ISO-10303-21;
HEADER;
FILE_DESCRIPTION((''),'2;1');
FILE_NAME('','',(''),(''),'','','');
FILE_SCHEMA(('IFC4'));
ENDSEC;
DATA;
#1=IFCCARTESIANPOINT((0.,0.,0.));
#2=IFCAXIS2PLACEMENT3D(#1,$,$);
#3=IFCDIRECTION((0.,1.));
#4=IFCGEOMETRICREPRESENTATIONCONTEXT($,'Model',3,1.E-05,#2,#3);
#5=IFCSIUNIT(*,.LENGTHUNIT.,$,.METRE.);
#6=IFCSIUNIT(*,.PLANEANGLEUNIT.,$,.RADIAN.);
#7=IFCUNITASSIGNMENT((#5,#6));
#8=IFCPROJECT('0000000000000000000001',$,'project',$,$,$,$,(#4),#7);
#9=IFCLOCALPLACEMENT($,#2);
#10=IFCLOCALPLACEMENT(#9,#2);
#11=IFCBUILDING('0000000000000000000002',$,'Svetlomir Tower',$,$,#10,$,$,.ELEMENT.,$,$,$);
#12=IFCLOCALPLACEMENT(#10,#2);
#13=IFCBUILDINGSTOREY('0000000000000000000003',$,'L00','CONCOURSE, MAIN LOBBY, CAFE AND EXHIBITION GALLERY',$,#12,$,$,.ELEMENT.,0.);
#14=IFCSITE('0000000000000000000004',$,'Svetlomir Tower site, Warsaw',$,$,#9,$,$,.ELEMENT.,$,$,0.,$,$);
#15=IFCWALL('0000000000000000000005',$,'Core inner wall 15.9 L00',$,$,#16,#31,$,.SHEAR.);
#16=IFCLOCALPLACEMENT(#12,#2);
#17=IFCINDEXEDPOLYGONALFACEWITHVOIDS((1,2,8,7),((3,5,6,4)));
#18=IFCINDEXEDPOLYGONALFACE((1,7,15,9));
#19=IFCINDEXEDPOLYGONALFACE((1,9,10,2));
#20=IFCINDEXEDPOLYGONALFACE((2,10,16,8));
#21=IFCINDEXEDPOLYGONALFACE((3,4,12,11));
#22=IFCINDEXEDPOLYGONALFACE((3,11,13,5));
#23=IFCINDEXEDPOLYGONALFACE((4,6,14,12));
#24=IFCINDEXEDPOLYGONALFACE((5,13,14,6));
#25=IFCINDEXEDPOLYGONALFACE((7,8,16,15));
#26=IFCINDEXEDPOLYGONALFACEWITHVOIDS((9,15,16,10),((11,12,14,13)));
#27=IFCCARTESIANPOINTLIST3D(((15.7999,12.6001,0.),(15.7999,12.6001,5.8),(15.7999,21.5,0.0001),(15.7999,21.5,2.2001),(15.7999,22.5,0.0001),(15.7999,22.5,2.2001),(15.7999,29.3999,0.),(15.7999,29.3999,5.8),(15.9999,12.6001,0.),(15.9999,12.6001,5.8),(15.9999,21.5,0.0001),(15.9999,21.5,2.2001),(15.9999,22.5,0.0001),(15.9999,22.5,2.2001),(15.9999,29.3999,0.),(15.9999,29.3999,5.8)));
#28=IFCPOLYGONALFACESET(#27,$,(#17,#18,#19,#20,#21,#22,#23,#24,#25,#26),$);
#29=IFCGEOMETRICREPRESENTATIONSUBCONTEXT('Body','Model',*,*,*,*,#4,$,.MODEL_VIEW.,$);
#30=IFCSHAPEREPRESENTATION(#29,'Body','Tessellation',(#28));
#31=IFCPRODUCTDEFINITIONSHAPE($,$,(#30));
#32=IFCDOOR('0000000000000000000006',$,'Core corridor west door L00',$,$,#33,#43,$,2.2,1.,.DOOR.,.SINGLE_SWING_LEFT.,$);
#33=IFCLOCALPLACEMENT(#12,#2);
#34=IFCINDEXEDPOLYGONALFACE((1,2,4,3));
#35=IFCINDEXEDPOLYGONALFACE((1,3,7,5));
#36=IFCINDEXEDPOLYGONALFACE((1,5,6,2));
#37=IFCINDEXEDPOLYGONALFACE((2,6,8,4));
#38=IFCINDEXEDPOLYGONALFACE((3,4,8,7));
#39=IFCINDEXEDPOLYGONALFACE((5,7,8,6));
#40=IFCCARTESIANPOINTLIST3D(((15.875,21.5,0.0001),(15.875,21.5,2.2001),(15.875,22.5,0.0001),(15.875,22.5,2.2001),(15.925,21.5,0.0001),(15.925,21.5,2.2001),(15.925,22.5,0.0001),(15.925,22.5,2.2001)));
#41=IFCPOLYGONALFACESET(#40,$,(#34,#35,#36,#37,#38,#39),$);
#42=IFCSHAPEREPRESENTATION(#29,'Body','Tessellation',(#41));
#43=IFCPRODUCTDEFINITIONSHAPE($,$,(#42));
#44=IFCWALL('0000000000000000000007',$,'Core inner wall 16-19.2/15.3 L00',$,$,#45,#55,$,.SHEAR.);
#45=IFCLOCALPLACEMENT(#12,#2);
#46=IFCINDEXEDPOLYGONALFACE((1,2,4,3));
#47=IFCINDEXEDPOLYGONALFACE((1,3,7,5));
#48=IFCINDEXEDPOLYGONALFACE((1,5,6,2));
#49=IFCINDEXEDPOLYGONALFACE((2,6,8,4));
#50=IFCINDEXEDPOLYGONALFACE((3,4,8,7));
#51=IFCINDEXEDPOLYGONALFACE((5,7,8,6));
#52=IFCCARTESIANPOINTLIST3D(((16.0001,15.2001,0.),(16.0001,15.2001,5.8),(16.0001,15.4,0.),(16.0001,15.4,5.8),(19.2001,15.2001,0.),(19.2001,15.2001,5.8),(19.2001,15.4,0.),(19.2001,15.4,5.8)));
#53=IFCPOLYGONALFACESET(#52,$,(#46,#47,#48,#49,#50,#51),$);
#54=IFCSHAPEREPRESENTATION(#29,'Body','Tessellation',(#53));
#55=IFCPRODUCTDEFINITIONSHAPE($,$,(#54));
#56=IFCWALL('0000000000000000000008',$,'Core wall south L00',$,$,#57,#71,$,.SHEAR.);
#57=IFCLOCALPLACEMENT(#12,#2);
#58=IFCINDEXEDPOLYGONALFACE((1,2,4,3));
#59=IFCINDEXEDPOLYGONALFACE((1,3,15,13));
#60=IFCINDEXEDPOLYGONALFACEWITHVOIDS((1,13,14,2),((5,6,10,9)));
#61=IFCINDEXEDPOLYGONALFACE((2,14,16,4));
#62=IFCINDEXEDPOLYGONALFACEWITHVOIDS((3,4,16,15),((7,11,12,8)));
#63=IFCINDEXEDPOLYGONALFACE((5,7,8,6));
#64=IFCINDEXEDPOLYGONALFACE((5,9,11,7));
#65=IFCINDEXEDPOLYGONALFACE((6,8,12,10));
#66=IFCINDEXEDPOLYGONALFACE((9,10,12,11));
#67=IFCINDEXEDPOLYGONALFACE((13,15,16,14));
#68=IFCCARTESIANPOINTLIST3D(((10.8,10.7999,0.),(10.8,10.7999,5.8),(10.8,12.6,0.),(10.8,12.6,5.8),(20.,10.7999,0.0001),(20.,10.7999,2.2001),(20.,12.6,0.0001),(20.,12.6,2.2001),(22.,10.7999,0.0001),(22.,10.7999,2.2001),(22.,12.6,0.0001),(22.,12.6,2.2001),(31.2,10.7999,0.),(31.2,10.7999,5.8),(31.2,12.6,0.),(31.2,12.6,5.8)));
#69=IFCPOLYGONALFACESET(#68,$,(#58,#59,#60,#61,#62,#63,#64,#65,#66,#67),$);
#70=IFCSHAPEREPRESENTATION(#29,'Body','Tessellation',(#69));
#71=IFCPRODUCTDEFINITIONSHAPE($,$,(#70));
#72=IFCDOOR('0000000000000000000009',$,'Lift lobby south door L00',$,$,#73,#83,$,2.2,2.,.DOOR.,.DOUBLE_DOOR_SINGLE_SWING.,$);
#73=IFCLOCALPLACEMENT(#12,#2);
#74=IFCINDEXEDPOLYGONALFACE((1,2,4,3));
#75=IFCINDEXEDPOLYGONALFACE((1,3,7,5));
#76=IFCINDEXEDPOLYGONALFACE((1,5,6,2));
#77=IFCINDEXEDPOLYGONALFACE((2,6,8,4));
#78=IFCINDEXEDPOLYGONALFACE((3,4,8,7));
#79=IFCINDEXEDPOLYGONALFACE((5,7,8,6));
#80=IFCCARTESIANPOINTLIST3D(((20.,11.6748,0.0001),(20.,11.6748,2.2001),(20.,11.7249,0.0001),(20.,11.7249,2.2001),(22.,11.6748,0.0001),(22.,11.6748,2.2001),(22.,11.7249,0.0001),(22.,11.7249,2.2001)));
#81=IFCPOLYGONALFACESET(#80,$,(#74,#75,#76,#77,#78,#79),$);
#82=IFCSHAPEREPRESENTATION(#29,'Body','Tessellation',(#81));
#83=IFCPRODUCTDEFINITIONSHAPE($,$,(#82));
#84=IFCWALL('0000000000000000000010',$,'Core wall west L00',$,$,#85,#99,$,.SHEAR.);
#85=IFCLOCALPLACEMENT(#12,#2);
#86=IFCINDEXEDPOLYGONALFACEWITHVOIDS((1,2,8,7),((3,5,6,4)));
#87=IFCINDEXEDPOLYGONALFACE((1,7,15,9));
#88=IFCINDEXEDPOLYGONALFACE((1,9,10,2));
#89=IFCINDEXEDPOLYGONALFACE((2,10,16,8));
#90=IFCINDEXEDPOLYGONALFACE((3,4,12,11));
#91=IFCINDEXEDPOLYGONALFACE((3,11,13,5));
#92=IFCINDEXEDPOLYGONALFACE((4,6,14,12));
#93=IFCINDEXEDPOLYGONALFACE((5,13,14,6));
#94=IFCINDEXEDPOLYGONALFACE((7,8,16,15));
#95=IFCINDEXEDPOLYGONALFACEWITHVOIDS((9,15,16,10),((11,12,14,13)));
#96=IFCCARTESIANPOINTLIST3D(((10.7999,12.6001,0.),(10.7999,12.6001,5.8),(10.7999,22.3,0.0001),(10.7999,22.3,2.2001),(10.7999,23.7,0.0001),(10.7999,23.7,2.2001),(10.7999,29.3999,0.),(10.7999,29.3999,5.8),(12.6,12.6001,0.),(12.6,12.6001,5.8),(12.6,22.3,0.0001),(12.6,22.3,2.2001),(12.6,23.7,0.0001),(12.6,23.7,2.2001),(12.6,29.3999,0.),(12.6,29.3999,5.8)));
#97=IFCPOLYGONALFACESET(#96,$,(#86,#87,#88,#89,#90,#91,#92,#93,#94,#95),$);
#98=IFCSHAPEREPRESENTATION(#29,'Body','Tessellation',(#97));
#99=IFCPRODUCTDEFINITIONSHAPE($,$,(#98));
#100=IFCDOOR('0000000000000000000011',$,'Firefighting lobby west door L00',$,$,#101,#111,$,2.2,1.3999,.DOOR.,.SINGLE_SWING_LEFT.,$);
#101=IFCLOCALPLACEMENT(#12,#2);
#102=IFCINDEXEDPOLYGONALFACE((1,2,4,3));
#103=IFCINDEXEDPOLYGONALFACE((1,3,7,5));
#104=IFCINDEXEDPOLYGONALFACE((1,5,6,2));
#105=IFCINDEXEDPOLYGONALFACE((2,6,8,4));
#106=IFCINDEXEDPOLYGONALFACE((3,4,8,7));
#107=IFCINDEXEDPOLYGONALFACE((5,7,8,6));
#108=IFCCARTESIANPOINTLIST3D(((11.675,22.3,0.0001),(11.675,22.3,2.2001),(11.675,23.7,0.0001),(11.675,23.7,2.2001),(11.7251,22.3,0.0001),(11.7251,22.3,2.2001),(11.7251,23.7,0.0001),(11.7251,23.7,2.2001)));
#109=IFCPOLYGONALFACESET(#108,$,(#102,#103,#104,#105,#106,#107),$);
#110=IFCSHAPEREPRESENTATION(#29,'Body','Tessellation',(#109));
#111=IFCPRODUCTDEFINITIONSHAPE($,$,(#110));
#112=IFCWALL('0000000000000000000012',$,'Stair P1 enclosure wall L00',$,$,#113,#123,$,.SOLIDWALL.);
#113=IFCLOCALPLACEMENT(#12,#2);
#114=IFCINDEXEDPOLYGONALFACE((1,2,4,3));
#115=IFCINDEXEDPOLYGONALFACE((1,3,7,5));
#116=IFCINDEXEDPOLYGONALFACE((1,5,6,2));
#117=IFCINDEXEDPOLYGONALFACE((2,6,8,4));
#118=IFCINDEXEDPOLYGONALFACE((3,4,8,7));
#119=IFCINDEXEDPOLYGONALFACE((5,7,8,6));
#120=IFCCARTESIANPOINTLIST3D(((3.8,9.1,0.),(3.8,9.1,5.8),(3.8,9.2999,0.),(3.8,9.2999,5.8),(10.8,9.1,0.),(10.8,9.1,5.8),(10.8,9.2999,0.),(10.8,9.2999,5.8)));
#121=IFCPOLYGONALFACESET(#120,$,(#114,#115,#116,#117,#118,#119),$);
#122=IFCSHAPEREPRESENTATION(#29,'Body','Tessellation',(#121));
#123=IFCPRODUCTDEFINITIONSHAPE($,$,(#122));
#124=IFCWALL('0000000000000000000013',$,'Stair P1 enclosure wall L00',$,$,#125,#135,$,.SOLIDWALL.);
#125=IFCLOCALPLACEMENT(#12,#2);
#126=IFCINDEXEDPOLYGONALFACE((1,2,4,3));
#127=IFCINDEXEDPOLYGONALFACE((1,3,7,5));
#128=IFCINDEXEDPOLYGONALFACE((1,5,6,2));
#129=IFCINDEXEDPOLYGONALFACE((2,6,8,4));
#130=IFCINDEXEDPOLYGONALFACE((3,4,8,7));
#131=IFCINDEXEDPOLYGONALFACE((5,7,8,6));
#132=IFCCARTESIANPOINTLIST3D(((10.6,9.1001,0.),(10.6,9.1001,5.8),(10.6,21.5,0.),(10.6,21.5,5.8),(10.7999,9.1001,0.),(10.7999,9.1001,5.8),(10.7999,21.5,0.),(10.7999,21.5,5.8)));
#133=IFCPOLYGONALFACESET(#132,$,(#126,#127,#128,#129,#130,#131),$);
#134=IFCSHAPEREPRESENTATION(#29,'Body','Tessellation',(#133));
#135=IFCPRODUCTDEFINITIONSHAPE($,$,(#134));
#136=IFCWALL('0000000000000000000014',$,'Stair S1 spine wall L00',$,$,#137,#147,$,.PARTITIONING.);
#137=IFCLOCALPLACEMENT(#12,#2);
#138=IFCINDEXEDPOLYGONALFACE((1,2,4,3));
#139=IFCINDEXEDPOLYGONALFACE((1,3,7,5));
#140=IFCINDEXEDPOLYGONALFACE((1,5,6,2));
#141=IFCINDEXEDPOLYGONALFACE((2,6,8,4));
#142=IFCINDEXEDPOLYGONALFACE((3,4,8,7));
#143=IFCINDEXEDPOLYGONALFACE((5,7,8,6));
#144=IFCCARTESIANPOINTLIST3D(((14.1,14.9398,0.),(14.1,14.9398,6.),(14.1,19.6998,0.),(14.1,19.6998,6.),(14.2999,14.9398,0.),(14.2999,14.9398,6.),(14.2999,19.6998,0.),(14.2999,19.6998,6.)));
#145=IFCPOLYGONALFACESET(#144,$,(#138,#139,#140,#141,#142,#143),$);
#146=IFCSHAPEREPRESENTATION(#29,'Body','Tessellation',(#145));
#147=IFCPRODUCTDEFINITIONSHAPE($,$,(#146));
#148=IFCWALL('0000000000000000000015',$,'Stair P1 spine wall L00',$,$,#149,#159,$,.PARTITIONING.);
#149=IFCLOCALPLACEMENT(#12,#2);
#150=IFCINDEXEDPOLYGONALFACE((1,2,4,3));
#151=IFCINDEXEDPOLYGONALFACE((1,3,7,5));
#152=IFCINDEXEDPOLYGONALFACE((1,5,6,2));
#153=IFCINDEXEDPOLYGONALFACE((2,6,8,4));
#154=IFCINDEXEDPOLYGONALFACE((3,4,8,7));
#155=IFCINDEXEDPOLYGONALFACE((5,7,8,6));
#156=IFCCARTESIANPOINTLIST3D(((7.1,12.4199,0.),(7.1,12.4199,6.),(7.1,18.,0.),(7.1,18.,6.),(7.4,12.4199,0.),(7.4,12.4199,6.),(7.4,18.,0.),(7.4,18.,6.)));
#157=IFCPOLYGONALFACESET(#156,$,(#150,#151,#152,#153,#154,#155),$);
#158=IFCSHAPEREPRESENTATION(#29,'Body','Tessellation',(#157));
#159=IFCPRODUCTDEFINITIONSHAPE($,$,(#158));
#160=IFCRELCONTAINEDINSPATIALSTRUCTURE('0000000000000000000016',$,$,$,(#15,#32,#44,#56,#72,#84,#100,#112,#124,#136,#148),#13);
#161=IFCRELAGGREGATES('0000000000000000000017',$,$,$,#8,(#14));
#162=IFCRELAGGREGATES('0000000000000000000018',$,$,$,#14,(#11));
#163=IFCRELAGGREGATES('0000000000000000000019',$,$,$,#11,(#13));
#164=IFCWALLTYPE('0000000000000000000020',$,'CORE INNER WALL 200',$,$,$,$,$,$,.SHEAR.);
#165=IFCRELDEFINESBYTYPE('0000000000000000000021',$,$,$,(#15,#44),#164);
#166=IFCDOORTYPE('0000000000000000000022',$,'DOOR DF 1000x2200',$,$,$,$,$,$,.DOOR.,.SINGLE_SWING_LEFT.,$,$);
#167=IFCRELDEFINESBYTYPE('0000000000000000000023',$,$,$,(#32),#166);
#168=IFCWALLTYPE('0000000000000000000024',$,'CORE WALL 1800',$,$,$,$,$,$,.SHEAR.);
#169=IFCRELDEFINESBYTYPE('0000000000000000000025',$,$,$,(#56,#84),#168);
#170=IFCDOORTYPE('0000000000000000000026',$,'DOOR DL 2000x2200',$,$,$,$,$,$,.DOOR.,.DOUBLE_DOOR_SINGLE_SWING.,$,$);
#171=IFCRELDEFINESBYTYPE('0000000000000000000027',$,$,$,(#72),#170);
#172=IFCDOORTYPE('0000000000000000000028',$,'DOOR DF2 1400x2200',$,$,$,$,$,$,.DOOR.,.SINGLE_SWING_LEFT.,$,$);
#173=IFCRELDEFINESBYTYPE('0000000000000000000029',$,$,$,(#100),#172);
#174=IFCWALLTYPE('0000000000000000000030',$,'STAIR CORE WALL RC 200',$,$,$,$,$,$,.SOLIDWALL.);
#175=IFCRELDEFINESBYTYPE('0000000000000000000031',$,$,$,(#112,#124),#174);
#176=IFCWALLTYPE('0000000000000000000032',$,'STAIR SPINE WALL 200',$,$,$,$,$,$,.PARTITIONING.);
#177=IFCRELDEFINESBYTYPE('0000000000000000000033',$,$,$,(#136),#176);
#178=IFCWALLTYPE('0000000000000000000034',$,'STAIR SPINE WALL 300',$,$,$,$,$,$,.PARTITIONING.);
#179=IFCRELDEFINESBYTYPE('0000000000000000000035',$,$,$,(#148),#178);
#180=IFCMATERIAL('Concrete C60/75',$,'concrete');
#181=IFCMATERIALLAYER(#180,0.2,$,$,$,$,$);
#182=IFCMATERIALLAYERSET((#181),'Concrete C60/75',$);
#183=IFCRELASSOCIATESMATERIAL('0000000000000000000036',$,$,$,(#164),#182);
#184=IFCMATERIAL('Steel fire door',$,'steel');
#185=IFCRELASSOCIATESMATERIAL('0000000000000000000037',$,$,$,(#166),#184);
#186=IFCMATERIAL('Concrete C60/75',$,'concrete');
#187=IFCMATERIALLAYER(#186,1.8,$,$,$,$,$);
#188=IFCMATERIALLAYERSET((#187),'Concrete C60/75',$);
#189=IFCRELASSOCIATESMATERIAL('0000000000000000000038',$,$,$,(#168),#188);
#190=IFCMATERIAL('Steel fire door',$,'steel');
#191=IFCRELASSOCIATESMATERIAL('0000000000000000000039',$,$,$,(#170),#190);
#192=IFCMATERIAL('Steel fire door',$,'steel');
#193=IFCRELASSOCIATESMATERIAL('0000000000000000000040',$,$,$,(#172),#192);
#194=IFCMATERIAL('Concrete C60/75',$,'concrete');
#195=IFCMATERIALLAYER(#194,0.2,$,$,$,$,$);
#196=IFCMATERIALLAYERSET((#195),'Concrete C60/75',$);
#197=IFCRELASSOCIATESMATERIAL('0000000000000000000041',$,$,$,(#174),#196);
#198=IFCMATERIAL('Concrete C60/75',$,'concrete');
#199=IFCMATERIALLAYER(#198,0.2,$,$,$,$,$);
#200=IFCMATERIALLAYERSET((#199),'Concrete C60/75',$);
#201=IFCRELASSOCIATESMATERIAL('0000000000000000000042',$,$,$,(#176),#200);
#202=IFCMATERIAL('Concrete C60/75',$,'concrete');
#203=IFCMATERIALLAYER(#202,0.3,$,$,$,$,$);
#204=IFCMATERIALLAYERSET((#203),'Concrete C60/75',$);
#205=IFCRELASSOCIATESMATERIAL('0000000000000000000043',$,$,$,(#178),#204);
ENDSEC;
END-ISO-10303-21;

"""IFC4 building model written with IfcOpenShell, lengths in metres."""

from ifc_helpers import new_model, si_unit, direction, frame, frame_2d, origin, place, context, subcontext, project, spatial, rectangle, extrude, material, layer, layer_set, type_object, element, fill, save


model = new_model("IFC4")

# Units and contexts
model_context = context("Model", 3, precision=1e-05, world=origin(), true_north=direction((0.0, 1.0)))
body_context = subcontext(model_context, "Body", "Model", "MODEL_VIEW")
ifc_project = project(units=[si_unit("LENGTHUNIT", "METRE"), si_unit("PLANEANGLEUNIT", "RADIAN")], contexts=[model_context])

# Site, building, storey
site_placement = place(None, origin())
site = spatial("IfcSite", under=ifc_project, at=site_placement, Name="Svetlomir Tower site, Warsaw", CompositionType="ELEMENT", RefElevation=0.0)
building_placement = place(site_placement, origin())
building = spatial("IfcBuilding", under=site, at=building_placement, Name="Svetlomir Tower", CompositionType="ELEMENT")
storey_placement = place(building_placement, origin())
storey = spatial("IfcBuildingStorey", under=building, at=storey_placement, Name="L00", Description="CONCOURSE, MAIN LOBBY, CAFE AND EXHIBITION GALLERY", CompositionType="ELEMENT", Elevation=0.0)

# Wall, opening, door
ifc_material_1 = material(Name="Concrete C60/75", Category="concrete")
ifc_layer_1 = layer(ifc_material_1, 0.2)
ifc_layer_set_1 = layer_set([ifc_layer_1], Name="Concrete C60/75")
wall_type_1 = type_object("IfcWallType", Name="CORE INNER WALL 200", PredefinedType="SHEAR", material=ifc_layer_set_1)
wall_1_placement = place(storey_placement, frame((15.8999, 12.6001, 0.0), z_axis=(0.0, 0.0, 1.0), x_axis=(0.0, 1.0, 0.0)))
wall_1 = element("IfcWall", 1, at=wall_1_placement, inside=storey, type_object=wall_type_1, Name="Core inner wall 15.9 L00", PredefinedType="SHEAR", context=body_context, shape_type="SweptSolid", body=[
    extrude(rectangle(XDim=16.7998, YDim=0.2, at=frame_2d((8.3999, 0.0))), origin(), (0.0, 0.0, 1.0), 5.8),
])
opening_1_placement = place(wall_1_placement, frame((8.8999, 0.0, 0.0)))
opening_1 = element("IfcOpeningElement", 2, at=opening_1_placement, cuts=wall_1, PredefinedType="OPENING", context=body_context, shape_type="SweptSolid", body=[
    extrude(rectangle(XDim=1.0, YDim=2.2, at=frame_2d((0.5, 1.1001))), frame((0.0, 0.1099, 0.0), z_axis=(0.0, -1.0, 0.0), x_axis=(1.0, 0.0, 0.0)), (0.0, 0.0, 1.0), 0.22),
])
ifc_material_2 = material(Name="Steel fire door", Category="steel")
door_type_1 = type_object("IfcDoorType", Name="DOOR DF 1000x2200", OperationType="SINGLE_SWING_LEFT", PredefinedType="DOOR", material=ifc_material_2)
door_1_placement = place(opening_1_placement, origin())
door_1 = element("IfcDoor", 3, at=door_1_placement, inside=storey, type_object=door_type_1, Name="Core corridor west door L00", OperationType="SINGLE_SWING_LEFT", OverallHeight=2.2, OverallWidth=1.0, PredefinedType="DOOR", context=body_context, shape_type="SweptSolid", body=[
    extrude(rectangle(XDim=1.0, YDim=2.2, at=frame_2d((0.5, 1.1001))), frame((0.0, 0.0249, 0.0), z_axis=(0.0, -1.0, 0.0), x_axis=(1.0, 0.0, 0.0)), (0.0, 0.0, 1.0), 0.05),
])
fill(opening_1, door_1)

# Wall
wall_2_placement = place(storey_placement, frame((16.0, 15.3, 0.0), z_axis=(0.0, 0.0, 1.0), x_axis=(1.0, 0.0, 0.0)))
element("IfcWall", 4, at=wall_2_placement, inside=storey, type_object=wall_type_1, Name="Core inner wall 16-19.2/15.3 L00", PredefinedType="SHEAR", context=body_context, shape_type="SweptSolid", body=[
    extrude(rectangle(XDim=3.2, YDim=0.2, at=frame_2d((1.6001, 0.0))), origin(), (0.0, 0.0, 1.0), 5.8),
])

# Walls, openings, doors
ifc_material_3 = material(Name="Concrete C60/75", Category="concrete")
ifc_layer_2 = layer(ifc_material_3, 1.8)
ifc_layer_set_2 = layer_set([ifc_layer_2], Name="Concrete C60/75")
wall_type_2 = type_object("IfcWallType", Name="CORE WALL 1800", PredefinedType="SHEAR", material=ifc_layer_set_2)
wall_3_placement = place(storey_placement, frame((10.8, 11.7, 0.0), z_axis=(0.0, 0.0, 1.0), x_axis=(1.0, 0.0, 0.0)))
wall_3 = element("IfcWall", 5, at=wall_3_placement, inside=storey, type_object=wall_type_2, Name="Core wall south L00", PredefinedType="SHEAR", context=body_context, shape_type="SweptSolid", body=[
    extrude(rectangle(XDim=20.3999, YDim=1.8, at=frame_2d((10.2, 0.0))), origin(), (0.0, 0.0, 1.0), 5.8),
])
opening_2_placement = place(wall_3_placement, frame((9.2, 0.0, 0.0)))
opening_2 = element("IfcOpeningElement", 6, at=opening_2_placement, cuts=wall_3, PredefinedType="OPENING", context=body_context, shape_type="SweptSolid", body=[
    extrude(rectangle(XDim=2.0, YDim=2.2, at=frame_2d((1.0, 1.1001))), frame((0.0, 0.9102, 0.0), z_axis=(0.0, -1.0, 0.0), x_axis=(1.0, 0.0, 0.0)), (0.0, 0.0, 1.0), 1.8201),
])
ifc_material_4 = material(Name="Steel fire door", Category="steel")
door_type_2 = type_object("IfcDoorType", Name="DOOR DL 2000x2200", OperationType="DOUBLE_DOOR_SINGLE_SWING", PredefinedType="DOOR", material=ifc_material_4)
door_2_placement = place(opening_2_placement, origin())
door_2 = element("IfcDoor", 7, at=door_2_placement, inside=storey, type_object=door_type_2, Name="Lift lobby south door L00", OperationType="DOUBLE_DOOR_SINGLE_SWING", OverallHeight=2.2, OverallWidth=2.0, PredefinedType="DOOR", context=body_context, shape_type="SweptSolid", body=[
    extrude(rectangle(XDim=2.0, YDim=2.2, at=frame_2d((1.0, 1.1001))), frame((0.0, 0.0249, 0.0), z_axis=(0.0, -1.0, 0.0), x_axis=(1.0, 0.0, 0.0)), (0.0, 0.0, 1.0), 0.05),
])
fill(opening_2, door_2)
wall_4_placement = place(storey_placement, frame((11.7, 12.6001, 0.0), z_axis=(0.0, 0.0, 1.0), x_axis=(0.0, 1.0, 0.0)))
wall_4 = element("IfcWall", 8, at=wall_4_placement, inside=storey, type_object=wall_type_2, Name="Core wall west L00", PredefinedType="SHEAR", context=body_context, shape_type="SweptSolid", body=[
    extrude(rectangle(XDim=16.7998, YDim=1.8, at=frame_2d((8.3999, 0.0))), origin(), (0.0, 0.0, 1.0), 5.8),
])
opening_3_placement = place(wall_4_placement, frame((9.7, 0.0, 0.0)))
opening_3 = element("IfcOpeningElement", 9, at=opening_3_placement, cuts=wall_4, PredefinedType="OPENING", context=body_context, shape_type="SweptSolid", body=[
    extrude(rectangle(XDim=1.3999, YDim=2.2, at=frame_2d((0.7, 1.1001))), frame((0.0, 0.9102, 0.0), z_axis=(0.0, -1.0, 0.0), x_axis=(1.0, 0.0, 0.0)), (0.0, 0.0, 1.0), 1.8201),
])
ifc_material_5 = material(Name="Steel fire door", Category="steel")
door_type_3 = type_object("IfcDoorType", Name="DOOR DF2 1400x2200", OperationType="SINGLE_SWING_LEFT", PredefinedType="DOOR", material=ifc_material_5)
door_3_placement = place(opening_3_placement, origin())
door_3 = element("IfcDoor", 10, at=door_3_placement, inside=storey, type_object=door_type_3, Name="Firefighting lobby west door L00", OperationType="SINGLE_SWING_LEFT", OverallHeight=2.2, OverallWidth=1.3999, PredefinedType="DOOR", context=body_context, shape_type="SweptSolid", body=[
    extrude(rectangle(XDim=1.3999, YDim=2.2, at=frame_2d((0.7, 1.1001))), frame((0.0, 0.0249, 0.0), z_axis=(0.0, -1.0, 0.0), x_axis=(1.0, 0.0, 0.0)), (0.0, 0.0, 1.0), 0.05),
])
fill(opening_3, door_3)

# Walls
ifc_material_6 = material(Name="Concrete C60/75", Category="concrete")
ifc_layer_3 = layer(ifc_material_6, 0.2)
ifc_layer_set_3 = layer_set([ifc_layer_3], Name="Concrete C60/75")
wall_type_3 = type_object("IfcWallType", Name="STAIR CORE WALL RC 200", PredefinedType="SOLIDWALL", material=ifc_layer_set_3)
wall_5_placement = place(storey_placement, frame((3.8, 9.2, 0.0), z_axis=(0.0, 0.0, 1.0), x_axis=(1.0, 0.0, 0.0)))
element("IfcWall", 11, at=wall_5_placement, inside=storey, type_object=wall_type_3, Name="Stair P1 enclosure wall L00", PredefinedType="SOLIDWALL", context=body_context, shape_type="SweptSolid", body=[
    extrude(rectangle(XDim=7.0, YDim=0.2, at=frame_2d((3.5, 0.0))), origin(), (0.0, 0.0, 1.0), 5.8),
])
wall_6_placement = place(storey_placement, frame((10.7, 9.1001, 0.0), z_axis=(0.0, 0.0, 1.0), x_axis=(0.0, 1.0, 0.0)))
element("IfcWall", 12, at=wall_6_placement, inside=storey, type_object=wall_type_3, Name="Stair P1 enclosure wall L00", PredefinedType="SOLIDWALL", context=body_context, shape_type="SweptSolid", body=[
    extrude(rectangle(XDim=12.3999, YDim=0.2, at=frame_2d((6.2, 0.0))), origin(), (0.0, 0.0, 1.0), 5.8),
])
ifc_material_7 = material(Name="Concrete C60/75", Category="concrete")
ifc_layer_4 = layer(ifc_material_7, 0.2)
ifc_layer_set_4 = layer_set([ifc_layer_4], Name="Concrete C60/75")
wall_type_4 = type_object("IfcWallType", Name="STAIR SPINE WALL 200", PredefinedType="PARTITIONING", material=ifc_layer_set_4)
wall_7_placement = place(storey_placement, frame((14.2, 14.9399, 0.0), z_axis=(0.0, 0.0, 1.0), x_axis=(0.0, 1.0, 0.0)))
element("IfcWall", 13, at=wall_7_placement, inside=storey, type_object=wall_type_4, Name="Stair S1 spine wall L00", PredefinedType="PARTITIONING", context=body_context, shape_type="SweptSolid", body=[
    extrude(rectangle(XDim=4.76, YDim=0.2, at=frame_2d((2.3799, 0.0))), origin(), (0.0, 0.0, 1.0), 6.0),
])
ifc_material_8 = material(Name="Concrete C60/75", Category="concrete")
ifc_layer_5 = layer(ifc_material_8, 0.3)
ifc_layer_set_5 = layer_set([ifc_layer_5], Name="Concrete C60/75")
wall_type_5 = type_object("IfcWallType", Name="STAIR SPINE WALL 300", PredefinedType="PARTITIONING", material=ifc_layer_set_5)
wall_8_placement = place(storey_placement, frame((7.25, 12.4199, 0.0), z_axis=(0.0, 0.0, 1.0), x_axis=(0.0, 1.0, 0.0)))
element("IfcWall", 14, at=wall_8_placement, inside=storey, type_object=wall_type_5, Name="Stair P1 spine wall L00", PredefinedType="PARTITIONING", context=body_context, shape_type="SweptSolid", body=[
    extrude(rectangle(XDim=5.5801, YDim=0.3, at=frame_2d((2.79, 0.0))), origin(), (0.0, 0.0, 1.0), 6.0),
])

save(model, "model.ifc")
